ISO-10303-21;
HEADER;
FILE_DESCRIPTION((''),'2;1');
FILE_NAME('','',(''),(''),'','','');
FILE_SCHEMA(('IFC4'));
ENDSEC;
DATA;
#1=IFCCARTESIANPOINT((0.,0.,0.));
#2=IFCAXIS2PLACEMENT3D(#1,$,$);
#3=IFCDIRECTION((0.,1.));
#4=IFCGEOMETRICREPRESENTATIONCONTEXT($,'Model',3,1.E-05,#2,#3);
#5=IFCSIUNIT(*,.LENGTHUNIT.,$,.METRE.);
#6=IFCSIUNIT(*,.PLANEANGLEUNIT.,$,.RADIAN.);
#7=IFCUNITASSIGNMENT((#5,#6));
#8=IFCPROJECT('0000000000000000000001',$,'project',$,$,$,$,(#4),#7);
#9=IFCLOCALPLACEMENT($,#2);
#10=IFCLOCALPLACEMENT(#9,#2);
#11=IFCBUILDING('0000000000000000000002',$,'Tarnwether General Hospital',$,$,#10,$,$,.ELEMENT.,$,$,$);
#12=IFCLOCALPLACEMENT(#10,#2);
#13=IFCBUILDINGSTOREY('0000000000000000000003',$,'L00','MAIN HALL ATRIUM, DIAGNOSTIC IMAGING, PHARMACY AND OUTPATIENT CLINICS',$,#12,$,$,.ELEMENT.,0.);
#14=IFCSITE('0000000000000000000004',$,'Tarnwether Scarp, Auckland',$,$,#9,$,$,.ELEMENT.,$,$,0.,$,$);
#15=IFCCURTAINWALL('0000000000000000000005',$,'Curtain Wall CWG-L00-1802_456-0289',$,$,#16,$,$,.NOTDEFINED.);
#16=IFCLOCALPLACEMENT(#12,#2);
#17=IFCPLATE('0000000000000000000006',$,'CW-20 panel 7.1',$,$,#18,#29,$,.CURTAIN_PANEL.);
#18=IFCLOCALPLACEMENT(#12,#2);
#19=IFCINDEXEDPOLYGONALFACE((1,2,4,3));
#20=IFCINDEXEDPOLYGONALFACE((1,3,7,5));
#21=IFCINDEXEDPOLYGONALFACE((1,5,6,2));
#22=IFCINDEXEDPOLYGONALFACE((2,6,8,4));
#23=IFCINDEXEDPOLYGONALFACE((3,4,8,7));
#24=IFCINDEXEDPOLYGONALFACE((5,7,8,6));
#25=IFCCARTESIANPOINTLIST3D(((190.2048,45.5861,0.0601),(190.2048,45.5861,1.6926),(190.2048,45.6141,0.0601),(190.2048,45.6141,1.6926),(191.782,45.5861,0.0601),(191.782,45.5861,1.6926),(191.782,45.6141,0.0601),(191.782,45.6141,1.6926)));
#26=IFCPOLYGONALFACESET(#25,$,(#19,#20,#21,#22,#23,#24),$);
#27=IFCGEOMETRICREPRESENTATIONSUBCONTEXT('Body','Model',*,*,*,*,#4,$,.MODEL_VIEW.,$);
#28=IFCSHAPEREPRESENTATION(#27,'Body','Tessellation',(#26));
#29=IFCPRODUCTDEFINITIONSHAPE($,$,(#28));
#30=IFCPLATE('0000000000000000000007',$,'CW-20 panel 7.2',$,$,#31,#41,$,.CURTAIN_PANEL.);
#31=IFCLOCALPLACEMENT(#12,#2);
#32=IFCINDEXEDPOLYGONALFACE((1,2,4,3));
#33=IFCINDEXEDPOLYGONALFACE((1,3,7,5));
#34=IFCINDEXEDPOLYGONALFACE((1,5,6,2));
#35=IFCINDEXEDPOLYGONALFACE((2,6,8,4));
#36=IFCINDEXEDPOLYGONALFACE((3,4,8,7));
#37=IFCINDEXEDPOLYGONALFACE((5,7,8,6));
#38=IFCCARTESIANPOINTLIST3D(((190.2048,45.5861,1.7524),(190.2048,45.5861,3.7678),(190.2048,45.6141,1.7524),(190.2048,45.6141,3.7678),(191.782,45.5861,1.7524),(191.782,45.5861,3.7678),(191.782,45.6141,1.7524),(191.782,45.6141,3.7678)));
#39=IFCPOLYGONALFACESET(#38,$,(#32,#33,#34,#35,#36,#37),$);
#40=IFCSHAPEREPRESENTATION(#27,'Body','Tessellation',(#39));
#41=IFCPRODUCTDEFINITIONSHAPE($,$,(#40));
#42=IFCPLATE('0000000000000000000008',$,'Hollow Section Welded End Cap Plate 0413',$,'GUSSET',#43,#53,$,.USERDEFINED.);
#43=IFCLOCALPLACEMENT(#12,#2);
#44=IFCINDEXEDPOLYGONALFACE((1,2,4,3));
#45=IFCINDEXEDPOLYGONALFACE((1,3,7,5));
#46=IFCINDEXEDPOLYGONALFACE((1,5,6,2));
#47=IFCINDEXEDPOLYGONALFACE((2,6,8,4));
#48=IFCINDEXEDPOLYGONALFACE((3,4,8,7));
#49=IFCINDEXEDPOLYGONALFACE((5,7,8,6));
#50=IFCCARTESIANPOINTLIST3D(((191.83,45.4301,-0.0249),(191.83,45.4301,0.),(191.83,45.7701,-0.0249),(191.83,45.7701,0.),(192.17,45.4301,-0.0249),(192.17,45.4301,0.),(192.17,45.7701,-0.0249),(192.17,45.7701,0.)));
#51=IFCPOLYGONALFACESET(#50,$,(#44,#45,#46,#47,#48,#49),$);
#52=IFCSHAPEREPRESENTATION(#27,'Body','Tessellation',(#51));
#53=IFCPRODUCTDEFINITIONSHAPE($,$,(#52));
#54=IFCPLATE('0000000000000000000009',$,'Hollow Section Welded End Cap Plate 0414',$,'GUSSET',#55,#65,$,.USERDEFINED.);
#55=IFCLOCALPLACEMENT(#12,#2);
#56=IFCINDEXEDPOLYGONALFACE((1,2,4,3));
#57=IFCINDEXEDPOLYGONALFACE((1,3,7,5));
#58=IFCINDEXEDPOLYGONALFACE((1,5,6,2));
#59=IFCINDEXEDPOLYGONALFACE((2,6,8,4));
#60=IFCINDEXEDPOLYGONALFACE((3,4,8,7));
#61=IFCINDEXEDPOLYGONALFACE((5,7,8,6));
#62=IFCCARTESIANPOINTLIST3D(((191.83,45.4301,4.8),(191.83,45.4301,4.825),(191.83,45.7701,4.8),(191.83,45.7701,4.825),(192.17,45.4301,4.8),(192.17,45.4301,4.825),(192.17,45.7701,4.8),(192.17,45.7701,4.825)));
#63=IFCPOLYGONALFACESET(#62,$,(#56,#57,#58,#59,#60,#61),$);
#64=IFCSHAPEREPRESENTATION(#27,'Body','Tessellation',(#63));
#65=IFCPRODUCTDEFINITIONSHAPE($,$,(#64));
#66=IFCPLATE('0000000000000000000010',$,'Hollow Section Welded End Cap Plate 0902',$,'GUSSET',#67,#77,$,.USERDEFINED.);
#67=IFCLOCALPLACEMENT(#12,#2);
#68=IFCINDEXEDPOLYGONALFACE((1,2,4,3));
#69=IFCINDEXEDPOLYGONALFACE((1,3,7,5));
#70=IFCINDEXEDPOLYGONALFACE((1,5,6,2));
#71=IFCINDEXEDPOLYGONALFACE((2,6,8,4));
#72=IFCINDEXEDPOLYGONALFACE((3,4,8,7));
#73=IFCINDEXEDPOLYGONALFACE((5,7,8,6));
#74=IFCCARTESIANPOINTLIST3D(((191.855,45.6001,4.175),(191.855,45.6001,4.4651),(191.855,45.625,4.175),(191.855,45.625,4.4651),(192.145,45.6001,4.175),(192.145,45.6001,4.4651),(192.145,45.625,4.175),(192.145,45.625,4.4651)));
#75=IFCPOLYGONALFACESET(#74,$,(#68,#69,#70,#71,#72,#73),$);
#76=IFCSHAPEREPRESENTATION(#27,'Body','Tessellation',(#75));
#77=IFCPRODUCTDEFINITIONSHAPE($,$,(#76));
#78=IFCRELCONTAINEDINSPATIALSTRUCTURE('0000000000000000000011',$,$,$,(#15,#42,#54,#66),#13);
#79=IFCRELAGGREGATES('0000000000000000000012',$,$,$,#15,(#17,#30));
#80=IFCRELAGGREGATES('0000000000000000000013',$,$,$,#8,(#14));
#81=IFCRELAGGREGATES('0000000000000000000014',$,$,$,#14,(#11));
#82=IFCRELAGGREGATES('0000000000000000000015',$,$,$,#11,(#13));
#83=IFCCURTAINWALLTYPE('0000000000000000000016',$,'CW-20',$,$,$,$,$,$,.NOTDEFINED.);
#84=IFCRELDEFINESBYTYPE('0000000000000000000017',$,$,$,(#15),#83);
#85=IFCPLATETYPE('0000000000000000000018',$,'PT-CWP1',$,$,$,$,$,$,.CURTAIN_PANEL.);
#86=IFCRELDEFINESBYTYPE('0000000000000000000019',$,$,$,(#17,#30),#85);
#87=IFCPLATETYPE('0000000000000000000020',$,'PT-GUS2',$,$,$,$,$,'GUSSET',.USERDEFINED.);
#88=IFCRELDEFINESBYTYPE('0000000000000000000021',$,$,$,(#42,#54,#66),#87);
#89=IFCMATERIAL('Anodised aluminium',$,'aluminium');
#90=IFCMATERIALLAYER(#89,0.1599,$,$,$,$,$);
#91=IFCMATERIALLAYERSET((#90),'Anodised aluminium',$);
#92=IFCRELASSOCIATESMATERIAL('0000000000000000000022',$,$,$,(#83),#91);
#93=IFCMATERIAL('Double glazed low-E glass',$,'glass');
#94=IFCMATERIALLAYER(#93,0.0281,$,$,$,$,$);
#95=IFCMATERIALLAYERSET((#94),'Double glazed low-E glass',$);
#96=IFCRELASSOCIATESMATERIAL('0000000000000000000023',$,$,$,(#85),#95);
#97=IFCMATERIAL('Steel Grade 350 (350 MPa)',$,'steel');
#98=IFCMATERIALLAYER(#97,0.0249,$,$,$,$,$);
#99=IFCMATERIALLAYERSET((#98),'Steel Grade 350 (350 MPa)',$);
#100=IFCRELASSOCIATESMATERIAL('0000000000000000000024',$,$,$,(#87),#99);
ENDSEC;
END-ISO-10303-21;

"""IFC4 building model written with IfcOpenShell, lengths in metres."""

from ifc_helpers import new_model, si_unit, direction, frame, origin, origin_2d, place, context, subcontext, project, spatial, rectangle, extrude, material, layer, layer_set, type_object, element, aggregate, save


model = new_model("IFC4")

# Units and contexts
model_context = context("Model", 3, precision=1e-05, world=origin(), true_north=direction((0.0, 1.0)))
body_context = subcontext(model_context, "Body", "Model", "MODEL_VIEW")
ifc_project = project(units=[si_unit("LENGTHUNIT", "METRE"), si_unit("PLANEANGLEUNIT", "RADIAN")], contexts=[model_context])

# Site, building, storey
site_placement = place(None, origin())
site = spatial("IfcSite", under=ifc_project, at=site_placement, Name="Tarnwether Scarp, Auckland", CompositionType="ELEMENT", RefElevation=0.0)
building_placement = place(site_placement, origin())
building = spatial("IfcBuilding", under=site, at=building_placement, Name="Tarnwether General Hospital", CompositionType="ELEMENT")
storey_placement = place(building_placement, origin())
storey = spatial("IfcBuildingStorey", under=building, at=storey_placement, Name="L00", Description="MAIN HALL ATRIUM, DIAGNOSTIC IMAGING, PHARMACY AND OUTPATIENT CLINICS", CompositionType="ELEMENT", Elevation=0.0)

# Curtain wall, plates
ifc_material_1 = material(Name="Anodised aluminium", Category="aluminium")
ifc_layer_1 = layer(ifc_material_1, 0.1599)
ifc_layer_set_1 = layer_set([ifc_layer_1], Name="Anodised aluminium")
curtain_wall_type = type_object("IfcCurtainWallType", Name="CW-20", PredefinedType="NOTDEFINED", material=ifc_layer_set_1)
curtain_wall_placement = place(storey_placement, origin())
curtain_wall = element("IfcCurtainWall", 1, at=curtain_wall_placement, inside=storey, type_object=curtain_wall_type, Name="Curtain Wall CWG-L00-1802_456-0289", PredefinedType="NOTDEFINED")
ifc_material_2 = material(Name="Double glazed low-E glass", Category="glass")
ifc_layer_2 = layer(ifc_material_2, 0.0281)
ifc_layer_set_2 = layer_set([ifc_layer_2], Name="Double glazed low-E glass")
plate_type_1 = type_object("IfcPlateType", Name="PT-CWP1", PredefinedType="CURTAIN_PANEL", material=ifc_layer_set_2)
plate_1_placement = place(storey_placement, frame((190.9934, 45.6001, 0.0601), z_axis=(0.0, 0.0, 1.0), x_axis=(1.0, 0.0, 0.0)))
plate_1 = element("IfcPlate", 2, at=plate_1_placement, type_object=plate_type_1, Name="CW-20 panel 7.1", PredefinedType="CURTAIN_PANEL", context=body_context, shape_type="SweptSolid", body=[
    extrude(rectangle(XDim=1.5771, YDim=0.0281, at=origin_2d()), origin(), (0.0, 0.0, 1.0), 1.6326),
])
plate_2_placement = place(storey_placement, frame((190.9934, 45.6001, 1.7524), z_axis=(0.0, 0.0, 1.0), x_axis=(1.0, 0.0, 0.0)))
plate_2 = element("IfcPlate", 3, at=plate_2_placement, type_object=plate_type_1, Name="CW-20 panel 7.2", PredefinedType="CURTAIN_PANEL", context=body_context, shape_type="SweptSolid", body=[
    extrude(rectangle(XDim=1.5771, YDim=0.0281, at=origin_2d()), origin(), (0.0, 0.0, 1.0), 2.0154),
])
aggregate(curtain_wall, [plate_1, plate_2])

# Plates
ifc_material_3 = material(Name="Steel Grade 350 (350 MPa)", Category="steel")
ifc_layer_3 = layer(ifc_material_3, 0.0249)
ifc_layer_set_3 = layer_set([ifc_layer_3], Name="Steel Grade 350 (350 MPa)")
plate_type_2 = type_object("IfcPlateType", Name="PT-GUS2", ElementType="GUSSET", PredefinedType="USERDEFINED", material=ifc_layer_set_3)
for number, where, z_axis, x_axis, name in (
    (4, (192.0, 45.6001, -0.0249), (0.0, 0.0, 1.0), (1.0, 0.0, 0.0), "Hollow Section Welded End Cap Plate 0413"),
    (5, (192.0, 45.6001, 4.8), (0.0, 0.0, 1.0), (1.0, 0.0, 0.0), "Hollow Section Welded End Cap Plate 0414"),
):
    element("IfcPlate", number, at=place(storey_placement, frame(where, z_axis=z_axis, x_axis=x_axis)), inside=storey, type_object=plate_type_2, Name=name, ObjectType="GUSSET", PredefinedType="USERDEFINED", context=body_context, shape_type="SweptSolid", body=[
        extrude(rectangle(XDim=0.3401, YDim=0.3401, at=origin_2d()), origin(), (0.0, 0.0, 1.0), 0.0249),
    ])
plate_3_placement = place(storey_placement, frame((192.0, 45.6125, 4.175), z_axis=(0.0, 0.0, 1.0), x_axis=(0.0, 1.0, 0.0)))
element("IfcPlate", 6, at=plate_3_placement, inside=storey, type_object=plate_type_2, Name="Hollow Section Welded End Cap Plate 0902", ObjectType="GUSSET", PredefinedType="USERDEFINED", context=body_context, shape_type="SweptSolid", body=[
    extrude(rectangle(XDim=0.0249, YDim=0.29, at=origin_2d()), origin(), (0.0, 0.0, 1.0), 0.29),
])

save(model, "model.ifc")
